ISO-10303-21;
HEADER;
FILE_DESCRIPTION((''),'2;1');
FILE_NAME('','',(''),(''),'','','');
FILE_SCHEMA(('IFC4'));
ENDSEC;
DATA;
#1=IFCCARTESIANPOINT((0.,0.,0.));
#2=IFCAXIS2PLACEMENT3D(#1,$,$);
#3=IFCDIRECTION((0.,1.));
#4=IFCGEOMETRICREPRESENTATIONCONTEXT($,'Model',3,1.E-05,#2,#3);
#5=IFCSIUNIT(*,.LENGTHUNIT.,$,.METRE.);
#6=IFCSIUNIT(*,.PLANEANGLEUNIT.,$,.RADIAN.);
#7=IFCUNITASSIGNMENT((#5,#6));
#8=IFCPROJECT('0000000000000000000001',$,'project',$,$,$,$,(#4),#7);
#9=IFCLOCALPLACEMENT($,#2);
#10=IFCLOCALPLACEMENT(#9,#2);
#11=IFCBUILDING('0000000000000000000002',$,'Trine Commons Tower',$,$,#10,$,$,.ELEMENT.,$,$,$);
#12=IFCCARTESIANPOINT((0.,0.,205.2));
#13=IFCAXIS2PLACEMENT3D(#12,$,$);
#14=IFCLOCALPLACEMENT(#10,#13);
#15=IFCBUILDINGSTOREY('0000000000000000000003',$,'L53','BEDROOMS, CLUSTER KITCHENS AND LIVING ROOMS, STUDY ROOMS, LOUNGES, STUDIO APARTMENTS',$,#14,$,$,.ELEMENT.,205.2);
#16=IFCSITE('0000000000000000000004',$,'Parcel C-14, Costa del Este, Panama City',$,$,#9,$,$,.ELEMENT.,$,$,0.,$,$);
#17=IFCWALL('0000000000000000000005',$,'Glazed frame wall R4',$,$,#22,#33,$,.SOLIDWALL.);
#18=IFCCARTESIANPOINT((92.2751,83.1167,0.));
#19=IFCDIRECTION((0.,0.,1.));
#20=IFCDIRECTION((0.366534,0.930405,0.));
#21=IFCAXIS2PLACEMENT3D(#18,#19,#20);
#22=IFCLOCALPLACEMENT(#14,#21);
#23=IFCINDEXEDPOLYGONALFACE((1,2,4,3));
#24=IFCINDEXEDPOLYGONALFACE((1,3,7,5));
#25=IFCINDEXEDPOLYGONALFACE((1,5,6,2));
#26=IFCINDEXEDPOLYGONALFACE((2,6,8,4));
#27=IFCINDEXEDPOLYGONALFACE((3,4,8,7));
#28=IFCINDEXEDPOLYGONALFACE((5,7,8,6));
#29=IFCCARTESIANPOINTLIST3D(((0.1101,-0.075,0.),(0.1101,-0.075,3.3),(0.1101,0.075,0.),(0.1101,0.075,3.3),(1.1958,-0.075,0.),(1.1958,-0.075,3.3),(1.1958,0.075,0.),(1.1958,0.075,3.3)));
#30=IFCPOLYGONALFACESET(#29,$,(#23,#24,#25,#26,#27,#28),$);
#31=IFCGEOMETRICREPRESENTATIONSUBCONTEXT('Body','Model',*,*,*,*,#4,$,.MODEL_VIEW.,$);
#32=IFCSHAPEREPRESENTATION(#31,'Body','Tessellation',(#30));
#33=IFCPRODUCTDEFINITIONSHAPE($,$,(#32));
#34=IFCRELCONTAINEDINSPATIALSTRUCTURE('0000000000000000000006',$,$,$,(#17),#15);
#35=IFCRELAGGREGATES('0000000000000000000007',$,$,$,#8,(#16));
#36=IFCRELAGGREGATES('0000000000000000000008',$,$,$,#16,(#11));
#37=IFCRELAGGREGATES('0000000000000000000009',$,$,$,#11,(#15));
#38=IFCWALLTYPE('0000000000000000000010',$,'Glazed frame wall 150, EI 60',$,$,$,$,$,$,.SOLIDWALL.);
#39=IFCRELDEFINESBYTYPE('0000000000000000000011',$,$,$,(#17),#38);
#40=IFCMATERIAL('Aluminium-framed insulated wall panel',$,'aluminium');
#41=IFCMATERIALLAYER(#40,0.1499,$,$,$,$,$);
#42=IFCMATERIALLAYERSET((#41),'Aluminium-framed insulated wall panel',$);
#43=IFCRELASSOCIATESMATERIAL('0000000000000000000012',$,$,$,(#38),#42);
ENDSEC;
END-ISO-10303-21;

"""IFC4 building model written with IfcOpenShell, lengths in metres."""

from ifc_helpers import new_model, si_unit, direction, frame, origin, place, context, subcontext, project, spatial, polyline, outline, extrude, material, layer, layer_set, type_object, element, save


model = new_model("IFC4")

# Units and contexts
model_context = context("Model", 3, precision=1e-05, world=origin(), true_north=direction((0.0, 1.0)))
body_context = subcontext(model_context, "Body", "Model", "MODEL_VIEW")
ifc_project = project(units=[si_unit("LENGTHUNIT", "METRE"), si_unit("PLANEANGLEUNIT", "RADIAN")], contexts=[model_context])

# Site, building, storey
site_placement = place(None, origin())
site = spatial("IfcSite", under=ifc_project, at=site_placement, Name="Parcel C-14, Costa del Este, Panama City", CompositionType="ELEMENT", RefElevation=0.0)
building_placement = place(site_placement, origin())
building = spatial("IfcBuilding", under=site, at=building_placement, Name="Trine Commons Tower", CompositionType="ELEMENT")
storey_placement = place(building_placement, frame((0.0, 0.0, 205.2)))
storey = spatial("IfcBuildingStorey", under=building, at=storey_placement, Name="L53", Description="BEDROOMS, CLUSTER KITCHENS AND LIVING ROOMS, STUDY ROOMS, LOUNGES, STUDIO APARTMENTS", CompositionType="ELEMENT", Elevation=205.2)

# Shared definitions
ifc_material_1 = material(Name="Aluminium-framed insulated wall panel", Category="aluminium")
ifc_layer_1 = layer(ifc_material_1, 0.1499)
ifc_layer_set_1 = layer_set([ifc_layer_1], Name="Aluminium-framed insulated wall panel")
wall_type_1 = type_object("IfcWallType", Name="Glazed frame wall 150, EI 60", PredefinedType="SOLIDWALL", material=ifc_layer_set_1)

# Wall
wall_1_placement = place(storey_placement, frame((92.2751, 83.1167, 0.0), z_axis=(0.0, 0.0, 1.0), x_axis=(0.366534, 0.930405, 0.0)))
element("IfcWall", 1, at=wall_1_placement, inside=storey, type_object=wall_type_1, Name="Glazed frame wall R4", PredefinedType="SOLIDWALL", context=body_context, shape_type="SweptSolid", body=[
    extrude(outline(polyline([(0.1101, 0.075), (0.1101, -0.075), (1.1958, -0.075), (1.1958, 0.075), (0.1101, 0.075)])), origin(), (0.0, 0.0, 1.0), 3.3),
])

save(model, "model.ifc")
